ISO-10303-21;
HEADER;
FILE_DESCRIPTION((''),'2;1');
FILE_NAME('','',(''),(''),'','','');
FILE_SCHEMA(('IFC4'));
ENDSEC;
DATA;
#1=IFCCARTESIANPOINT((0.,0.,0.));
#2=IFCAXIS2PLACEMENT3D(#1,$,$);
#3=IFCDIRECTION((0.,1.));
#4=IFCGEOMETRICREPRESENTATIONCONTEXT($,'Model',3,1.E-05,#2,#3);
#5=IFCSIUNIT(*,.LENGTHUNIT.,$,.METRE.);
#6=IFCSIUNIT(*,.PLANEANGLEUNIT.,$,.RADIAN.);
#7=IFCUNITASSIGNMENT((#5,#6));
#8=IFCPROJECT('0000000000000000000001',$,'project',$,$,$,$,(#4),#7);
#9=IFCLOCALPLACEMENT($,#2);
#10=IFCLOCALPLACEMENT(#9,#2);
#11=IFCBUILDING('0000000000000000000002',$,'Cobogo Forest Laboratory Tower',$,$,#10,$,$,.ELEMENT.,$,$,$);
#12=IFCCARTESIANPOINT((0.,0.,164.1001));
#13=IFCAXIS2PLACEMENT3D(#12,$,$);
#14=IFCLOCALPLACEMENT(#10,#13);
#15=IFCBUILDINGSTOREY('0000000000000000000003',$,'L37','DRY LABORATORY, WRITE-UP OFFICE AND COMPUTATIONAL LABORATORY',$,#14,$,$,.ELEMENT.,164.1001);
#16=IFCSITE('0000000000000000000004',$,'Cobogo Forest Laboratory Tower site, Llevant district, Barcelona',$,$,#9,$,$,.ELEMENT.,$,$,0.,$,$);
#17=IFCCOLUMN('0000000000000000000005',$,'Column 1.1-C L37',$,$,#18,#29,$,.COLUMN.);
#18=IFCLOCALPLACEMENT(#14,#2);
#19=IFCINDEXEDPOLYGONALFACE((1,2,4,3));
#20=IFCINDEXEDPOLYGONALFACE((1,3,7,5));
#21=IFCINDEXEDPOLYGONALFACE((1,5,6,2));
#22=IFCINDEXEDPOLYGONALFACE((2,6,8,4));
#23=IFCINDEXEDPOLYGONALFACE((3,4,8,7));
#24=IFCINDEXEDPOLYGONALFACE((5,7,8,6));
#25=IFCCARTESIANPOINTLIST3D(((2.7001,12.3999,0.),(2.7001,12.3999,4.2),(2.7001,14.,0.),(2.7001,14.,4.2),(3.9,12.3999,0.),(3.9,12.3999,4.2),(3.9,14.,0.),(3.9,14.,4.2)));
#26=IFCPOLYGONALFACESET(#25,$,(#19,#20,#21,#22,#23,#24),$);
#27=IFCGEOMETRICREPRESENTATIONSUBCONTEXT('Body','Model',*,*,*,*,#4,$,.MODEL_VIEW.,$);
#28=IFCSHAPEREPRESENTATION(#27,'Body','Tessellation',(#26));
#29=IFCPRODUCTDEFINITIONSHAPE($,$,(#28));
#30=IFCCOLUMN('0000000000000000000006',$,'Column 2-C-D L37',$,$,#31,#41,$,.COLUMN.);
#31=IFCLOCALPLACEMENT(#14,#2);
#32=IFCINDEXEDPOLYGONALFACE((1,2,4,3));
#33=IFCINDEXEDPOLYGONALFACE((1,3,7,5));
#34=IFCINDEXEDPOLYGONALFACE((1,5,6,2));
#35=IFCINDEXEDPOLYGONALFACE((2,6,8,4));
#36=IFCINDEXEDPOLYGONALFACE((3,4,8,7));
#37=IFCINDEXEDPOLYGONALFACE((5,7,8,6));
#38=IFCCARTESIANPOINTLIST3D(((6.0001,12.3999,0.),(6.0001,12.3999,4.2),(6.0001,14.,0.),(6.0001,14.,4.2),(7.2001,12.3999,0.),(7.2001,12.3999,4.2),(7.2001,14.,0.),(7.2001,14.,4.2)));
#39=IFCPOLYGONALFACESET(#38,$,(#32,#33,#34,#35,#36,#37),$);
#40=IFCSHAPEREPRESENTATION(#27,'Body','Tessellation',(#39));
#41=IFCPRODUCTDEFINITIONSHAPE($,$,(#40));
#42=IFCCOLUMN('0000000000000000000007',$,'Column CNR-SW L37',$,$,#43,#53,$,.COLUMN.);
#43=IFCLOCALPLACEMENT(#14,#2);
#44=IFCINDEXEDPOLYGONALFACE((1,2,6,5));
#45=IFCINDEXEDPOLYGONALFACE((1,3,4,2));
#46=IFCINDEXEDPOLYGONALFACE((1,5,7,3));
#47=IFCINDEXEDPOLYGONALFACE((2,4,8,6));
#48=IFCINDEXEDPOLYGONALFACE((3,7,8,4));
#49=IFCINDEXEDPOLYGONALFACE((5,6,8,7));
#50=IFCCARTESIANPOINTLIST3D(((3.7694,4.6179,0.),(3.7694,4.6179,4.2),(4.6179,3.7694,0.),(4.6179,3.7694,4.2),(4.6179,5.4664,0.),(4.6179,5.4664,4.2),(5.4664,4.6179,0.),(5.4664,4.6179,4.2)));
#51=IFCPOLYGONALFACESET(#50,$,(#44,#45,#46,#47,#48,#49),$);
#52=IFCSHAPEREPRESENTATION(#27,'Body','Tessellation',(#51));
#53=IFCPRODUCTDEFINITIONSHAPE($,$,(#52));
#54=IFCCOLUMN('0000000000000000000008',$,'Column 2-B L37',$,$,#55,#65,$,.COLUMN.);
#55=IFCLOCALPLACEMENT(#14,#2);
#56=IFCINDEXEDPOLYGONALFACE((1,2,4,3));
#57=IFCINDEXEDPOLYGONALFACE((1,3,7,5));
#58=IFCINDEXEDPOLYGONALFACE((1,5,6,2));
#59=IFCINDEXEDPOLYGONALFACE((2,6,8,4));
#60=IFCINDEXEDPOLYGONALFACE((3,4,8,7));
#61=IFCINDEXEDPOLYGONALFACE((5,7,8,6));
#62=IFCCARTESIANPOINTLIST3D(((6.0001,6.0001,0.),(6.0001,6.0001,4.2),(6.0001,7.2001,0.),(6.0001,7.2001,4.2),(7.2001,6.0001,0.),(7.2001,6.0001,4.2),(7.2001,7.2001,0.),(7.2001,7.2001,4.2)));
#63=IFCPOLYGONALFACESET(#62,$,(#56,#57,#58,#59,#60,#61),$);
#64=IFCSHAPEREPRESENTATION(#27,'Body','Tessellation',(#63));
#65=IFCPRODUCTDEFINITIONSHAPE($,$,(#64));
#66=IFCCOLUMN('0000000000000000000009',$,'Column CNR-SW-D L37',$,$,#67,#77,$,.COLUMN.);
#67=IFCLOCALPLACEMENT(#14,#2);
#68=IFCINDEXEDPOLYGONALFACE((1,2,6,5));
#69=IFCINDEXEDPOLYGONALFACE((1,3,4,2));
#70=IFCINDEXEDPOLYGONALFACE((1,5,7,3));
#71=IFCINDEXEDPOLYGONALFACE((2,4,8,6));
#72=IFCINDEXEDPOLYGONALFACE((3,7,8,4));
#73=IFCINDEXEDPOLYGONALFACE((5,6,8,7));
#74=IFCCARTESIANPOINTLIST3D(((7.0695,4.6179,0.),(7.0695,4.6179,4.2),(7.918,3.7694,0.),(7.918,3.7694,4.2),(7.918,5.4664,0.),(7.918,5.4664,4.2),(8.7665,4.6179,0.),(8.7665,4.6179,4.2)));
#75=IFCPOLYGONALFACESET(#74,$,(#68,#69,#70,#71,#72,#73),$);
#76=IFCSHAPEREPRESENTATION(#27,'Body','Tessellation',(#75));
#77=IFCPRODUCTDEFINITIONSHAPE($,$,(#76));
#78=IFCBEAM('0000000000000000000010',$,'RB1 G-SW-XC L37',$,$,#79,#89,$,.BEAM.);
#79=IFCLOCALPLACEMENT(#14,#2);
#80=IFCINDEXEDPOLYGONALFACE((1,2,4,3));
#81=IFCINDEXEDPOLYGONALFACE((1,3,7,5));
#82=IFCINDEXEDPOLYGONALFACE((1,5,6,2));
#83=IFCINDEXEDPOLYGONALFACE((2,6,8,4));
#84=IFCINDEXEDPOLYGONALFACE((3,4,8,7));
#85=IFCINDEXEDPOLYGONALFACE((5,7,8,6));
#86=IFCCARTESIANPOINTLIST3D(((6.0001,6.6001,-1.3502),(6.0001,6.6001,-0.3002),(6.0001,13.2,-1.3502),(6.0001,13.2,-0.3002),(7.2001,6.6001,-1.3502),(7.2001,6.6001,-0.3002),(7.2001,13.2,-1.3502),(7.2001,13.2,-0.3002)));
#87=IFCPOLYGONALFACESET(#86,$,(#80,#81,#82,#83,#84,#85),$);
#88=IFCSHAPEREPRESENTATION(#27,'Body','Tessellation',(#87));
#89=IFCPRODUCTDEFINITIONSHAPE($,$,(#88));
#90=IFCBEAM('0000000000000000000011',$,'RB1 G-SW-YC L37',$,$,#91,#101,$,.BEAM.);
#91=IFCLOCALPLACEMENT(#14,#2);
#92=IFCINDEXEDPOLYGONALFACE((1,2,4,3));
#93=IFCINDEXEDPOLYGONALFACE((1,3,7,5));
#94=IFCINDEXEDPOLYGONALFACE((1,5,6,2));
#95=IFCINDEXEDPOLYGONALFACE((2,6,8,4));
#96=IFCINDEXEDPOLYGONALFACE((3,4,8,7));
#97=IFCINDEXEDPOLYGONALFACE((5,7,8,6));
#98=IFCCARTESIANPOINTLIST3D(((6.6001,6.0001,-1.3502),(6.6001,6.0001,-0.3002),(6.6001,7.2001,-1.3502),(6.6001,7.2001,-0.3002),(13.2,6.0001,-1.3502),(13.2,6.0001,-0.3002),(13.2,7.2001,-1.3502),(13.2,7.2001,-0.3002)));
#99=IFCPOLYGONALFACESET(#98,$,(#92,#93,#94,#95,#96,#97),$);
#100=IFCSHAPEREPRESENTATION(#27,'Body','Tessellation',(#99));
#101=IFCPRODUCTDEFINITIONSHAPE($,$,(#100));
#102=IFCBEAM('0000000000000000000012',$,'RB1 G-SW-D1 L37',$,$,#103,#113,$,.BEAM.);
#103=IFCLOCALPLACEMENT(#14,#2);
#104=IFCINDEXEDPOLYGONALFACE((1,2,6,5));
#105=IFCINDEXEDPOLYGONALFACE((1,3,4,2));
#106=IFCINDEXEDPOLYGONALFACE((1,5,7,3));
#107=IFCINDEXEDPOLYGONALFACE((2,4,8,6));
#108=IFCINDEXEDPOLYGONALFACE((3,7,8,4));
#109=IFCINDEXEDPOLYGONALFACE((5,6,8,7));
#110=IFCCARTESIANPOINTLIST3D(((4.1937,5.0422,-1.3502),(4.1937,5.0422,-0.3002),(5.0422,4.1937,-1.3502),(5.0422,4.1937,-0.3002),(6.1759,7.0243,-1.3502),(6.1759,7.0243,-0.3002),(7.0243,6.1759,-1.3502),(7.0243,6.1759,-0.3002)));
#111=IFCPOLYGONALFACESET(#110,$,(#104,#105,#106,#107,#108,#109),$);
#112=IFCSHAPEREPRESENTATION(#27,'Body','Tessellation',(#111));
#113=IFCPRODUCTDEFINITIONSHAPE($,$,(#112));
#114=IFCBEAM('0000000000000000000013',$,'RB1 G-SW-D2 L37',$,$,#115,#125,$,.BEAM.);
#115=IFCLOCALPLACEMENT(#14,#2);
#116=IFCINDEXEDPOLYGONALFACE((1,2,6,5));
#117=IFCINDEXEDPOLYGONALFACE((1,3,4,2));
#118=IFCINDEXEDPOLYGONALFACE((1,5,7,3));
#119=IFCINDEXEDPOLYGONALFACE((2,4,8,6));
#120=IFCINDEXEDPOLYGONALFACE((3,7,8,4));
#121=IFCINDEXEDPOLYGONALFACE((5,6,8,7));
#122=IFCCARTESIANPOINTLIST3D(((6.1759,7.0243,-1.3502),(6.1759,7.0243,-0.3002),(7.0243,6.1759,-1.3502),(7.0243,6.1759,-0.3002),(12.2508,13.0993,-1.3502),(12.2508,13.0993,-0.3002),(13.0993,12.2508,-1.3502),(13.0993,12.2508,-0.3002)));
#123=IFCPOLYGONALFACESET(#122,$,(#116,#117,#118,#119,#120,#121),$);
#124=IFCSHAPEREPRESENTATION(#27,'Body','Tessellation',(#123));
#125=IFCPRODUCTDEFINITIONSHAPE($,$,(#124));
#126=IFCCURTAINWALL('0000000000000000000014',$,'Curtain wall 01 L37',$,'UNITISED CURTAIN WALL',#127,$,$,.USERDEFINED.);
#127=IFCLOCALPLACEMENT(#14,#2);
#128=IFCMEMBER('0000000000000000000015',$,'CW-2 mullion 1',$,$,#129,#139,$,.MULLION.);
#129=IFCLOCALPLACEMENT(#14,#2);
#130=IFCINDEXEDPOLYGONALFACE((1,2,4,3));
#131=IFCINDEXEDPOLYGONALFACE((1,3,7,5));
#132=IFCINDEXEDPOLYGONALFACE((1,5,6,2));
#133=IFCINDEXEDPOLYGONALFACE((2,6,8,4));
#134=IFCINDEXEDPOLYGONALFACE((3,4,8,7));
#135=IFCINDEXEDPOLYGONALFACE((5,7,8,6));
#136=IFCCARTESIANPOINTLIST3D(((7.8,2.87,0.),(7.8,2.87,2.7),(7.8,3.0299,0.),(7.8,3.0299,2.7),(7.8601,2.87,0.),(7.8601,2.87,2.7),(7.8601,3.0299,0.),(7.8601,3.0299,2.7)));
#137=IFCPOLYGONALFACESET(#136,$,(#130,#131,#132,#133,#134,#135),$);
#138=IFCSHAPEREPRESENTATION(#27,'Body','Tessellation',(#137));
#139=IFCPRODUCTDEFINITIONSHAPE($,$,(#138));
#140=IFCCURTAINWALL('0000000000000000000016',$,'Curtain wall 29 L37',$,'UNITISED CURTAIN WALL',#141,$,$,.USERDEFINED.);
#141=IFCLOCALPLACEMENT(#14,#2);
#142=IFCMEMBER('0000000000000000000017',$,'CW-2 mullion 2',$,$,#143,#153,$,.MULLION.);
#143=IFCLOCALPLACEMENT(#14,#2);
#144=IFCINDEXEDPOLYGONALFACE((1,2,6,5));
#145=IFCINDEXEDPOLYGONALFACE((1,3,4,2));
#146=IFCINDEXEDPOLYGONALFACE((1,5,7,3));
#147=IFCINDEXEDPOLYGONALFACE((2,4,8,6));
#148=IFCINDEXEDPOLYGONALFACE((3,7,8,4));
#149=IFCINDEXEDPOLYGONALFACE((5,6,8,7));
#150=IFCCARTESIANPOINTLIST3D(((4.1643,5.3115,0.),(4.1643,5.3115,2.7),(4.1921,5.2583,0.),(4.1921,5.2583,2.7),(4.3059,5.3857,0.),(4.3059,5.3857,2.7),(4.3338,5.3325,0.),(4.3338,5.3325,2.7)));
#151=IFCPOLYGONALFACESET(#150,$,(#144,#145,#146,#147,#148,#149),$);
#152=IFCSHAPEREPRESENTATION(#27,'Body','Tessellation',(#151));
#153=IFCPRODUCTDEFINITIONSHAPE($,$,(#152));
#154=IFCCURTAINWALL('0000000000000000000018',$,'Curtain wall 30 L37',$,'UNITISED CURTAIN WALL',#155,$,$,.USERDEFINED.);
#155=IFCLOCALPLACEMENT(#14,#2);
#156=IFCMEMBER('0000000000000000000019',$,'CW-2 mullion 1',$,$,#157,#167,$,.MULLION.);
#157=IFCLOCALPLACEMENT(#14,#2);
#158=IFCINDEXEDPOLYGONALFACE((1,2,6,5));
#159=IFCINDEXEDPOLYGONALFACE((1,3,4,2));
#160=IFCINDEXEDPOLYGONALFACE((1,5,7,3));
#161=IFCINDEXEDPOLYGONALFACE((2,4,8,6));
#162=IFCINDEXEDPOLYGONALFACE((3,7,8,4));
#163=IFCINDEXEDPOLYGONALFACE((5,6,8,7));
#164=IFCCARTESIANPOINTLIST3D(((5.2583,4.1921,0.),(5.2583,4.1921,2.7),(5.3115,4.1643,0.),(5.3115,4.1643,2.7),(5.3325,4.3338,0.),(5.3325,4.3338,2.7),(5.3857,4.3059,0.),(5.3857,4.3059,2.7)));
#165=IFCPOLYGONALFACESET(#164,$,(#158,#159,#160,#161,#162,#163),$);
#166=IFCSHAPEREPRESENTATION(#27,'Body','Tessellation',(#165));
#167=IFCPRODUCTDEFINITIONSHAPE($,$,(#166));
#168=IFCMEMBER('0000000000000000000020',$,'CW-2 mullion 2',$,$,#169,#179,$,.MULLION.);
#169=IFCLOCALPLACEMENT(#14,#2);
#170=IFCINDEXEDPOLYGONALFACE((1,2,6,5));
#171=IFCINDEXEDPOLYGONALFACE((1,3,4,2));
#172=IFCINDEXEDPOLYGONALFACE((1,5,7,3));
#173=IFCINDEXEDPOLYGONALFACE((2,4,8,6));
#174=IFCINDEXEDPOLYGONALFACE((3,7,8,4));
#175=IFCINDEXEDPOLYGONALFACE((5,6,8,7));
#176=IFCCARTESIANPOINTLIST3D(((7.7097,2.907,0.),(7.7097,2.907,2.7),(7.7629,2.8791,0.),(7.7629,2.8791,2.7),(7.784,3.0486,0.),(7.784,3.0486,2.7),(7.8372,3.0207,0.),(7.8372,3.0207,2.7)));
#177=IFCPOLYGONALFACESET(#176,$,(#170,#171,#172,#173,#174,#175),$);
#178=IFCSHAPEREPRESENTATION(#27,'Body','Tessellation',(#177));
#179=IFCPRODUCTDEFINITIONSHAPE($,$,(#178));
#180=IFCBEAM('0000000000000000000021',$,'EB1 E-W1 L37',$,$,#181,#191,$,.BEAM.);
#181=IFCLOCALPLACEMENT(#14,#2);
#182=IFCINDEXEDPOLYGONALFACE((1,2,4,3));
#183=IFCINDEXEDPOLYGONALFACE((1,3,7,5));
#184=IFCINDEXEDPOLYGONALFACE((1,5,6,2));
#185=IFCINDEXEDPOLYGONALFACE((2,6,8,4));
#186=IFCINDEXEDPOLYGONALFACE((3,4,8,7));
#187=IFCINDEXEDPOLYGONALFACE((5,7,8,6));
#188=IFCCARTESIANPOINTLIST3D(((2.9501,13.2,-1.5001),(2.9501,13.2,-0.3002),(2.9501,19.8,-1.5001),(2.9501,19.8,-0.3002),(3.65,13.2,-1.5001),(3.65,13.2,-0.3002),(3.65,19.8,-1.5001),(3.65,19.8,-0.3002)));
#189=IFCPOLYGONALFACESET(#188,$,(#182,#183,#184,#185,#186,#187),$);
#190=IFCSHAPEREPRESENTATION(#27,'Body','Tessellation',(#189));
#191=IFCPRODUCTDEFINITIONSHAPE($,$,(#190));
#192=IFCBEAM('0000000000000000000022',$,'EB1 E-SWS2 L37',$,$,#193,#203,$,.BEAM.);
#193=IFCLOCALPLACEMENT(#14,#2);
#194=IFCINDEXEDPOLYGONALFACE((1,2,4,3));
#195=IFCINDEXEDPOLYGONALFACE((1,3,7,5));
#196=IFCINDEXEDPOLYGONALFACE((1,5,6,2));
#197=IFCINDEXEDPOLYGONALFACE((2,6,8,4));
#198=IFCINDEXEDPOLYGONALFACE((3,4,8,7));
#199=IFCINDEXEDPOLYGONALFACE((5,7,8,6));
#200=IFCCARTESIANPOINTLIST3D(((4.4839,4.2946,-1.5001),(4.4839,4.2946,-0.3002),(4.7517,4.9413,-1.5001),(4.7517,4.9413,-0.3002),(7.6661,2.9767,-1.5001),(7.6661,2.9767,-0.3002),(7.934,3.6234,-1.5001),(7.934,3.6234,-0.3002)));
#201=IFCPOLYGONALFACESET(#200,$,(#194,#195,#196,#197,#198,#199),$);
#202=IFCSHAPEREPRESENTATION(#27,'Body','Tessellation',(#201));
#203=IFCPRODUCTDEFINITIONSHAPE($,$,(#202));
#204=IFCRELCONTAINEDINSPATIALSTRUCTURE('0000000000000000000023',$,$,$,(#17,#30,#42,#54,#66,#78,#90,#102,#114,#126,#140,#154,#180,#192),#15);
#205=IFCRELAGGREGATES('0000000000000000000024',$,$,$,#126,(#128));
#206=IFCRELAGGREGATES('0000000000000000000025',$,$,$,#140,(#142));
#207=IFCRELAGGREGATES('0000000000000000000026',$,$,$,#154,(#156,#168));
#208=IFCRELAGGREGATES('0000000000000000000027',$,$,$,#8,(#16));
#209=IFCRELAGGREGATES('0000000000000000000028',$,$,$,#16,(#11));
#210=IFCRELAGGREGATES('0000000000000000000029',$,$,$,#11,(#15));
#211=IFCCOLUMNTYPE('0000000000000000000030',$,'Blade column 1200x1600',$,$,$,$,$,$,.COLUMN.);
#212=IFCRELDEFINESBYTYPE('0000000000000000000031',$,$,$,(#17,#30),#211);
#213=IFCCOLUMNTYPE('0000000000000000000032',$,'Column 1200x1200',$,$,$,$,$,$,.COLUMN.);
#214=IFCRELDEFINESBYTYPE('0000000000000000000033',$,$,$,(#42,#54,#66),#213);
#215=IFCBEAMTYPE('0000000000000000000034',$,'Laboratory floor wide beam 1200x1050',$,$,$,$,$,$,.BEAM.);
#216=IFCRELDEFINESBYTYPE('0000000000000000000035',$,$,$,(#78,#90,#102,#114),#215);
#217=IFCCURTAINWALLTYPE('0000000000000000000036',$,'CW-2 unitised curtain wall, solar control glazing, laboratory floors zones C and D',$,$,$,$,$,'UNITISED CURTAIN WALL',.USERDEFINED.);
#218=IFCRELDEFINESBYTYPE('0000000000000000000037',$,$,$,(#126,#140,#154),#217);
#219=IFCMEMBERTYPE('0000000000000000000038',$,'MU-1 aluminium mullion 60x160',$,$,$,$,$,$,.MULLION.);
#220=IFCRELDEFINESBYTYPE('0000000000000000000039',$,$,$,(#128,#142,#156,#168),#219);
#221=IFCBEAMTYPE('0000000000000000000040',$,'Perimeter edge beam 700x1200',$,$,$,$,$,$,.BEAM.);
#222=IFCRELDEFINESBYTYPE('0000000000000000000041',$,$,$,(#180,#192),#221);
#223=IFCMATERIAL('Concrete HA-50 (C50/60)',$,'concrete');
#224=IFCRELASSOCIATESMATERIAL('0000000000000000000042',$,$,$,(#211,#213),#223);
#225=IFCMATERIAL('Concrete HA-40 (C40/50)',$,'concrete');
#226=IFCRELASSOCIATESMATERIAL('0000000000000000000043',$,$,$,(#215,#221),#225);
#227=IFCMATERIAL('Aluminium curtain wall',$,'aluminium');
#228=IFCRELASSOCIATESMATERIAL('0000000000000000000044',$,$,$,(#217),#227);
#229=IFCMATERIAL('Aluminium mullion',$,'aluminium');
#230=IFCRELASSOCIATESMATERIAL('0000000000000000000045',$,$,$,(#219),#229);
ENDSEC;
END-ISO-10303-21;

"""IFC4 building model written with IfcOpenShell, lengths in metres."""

from ifc_helpers import new_model, si_unit, direction, frame, origin, origin_2d, place, context, subcontext, project, spatial, rectangle, extrude, material, material_profile, profile_set, type_object, element, aggregate, save


model = new_model("IFC4")

# Units and contexts
model_context = context("Model", 3, precision=1e-05, world=origin(), true_north=direction((0.0, 1.0)))
body_context = subcontext(model_context, "Body", "Model", "MODEL_VIEW")
ifc_project = project(units=[si_unit("LENGTHUNIT", "METRE"), si_unit("PLANEANGLEUNIT", "RADIAN")], contexts=[model_context])

# Site, building, storey
site_placement = place(None, origin())
site = spatial("IfcSite", under=ifc_project, at=site_placement, Name="Cobogo Forest Laboratory Tower site, Llevant district, Barcelona", CompositionType="ELEMENT", RefElevation=0.0)
building_placement = place(site_placement, origin())
building = spatial("IfcBuilding", under=site, at=building_placement, Name="Cobogo Forest Laboratory Tower", CompositionType="ELEMENT")
storey_placement = place(building_placement, frame((0.0, 0.0, 164.1001)))
storey = spatial("IfcBuildingStorey", under=building, at=storey_placement, Name="L37", Description="DRY LABORATORY, WRITE-UP OFFICE AND COMPUTATIONAL LABORATORY", CompositionType="ELEMENT", Elevation=164.1001)

# Columns
ifc_material_1 = material(Name="Concrete HA-50 (C50/60)", Category="concrete")
ifc_material_profile_1 = material_profile(ifc_material_1, rectangle(XDim=1.6001, YDim=1.2, at=origin_2d()), Name="RC 1200x1600")
ifc_profile_set_1 = profile_set([ifc_material_profile_1], Name="Concrete HA-50 (C50/60)")
column_type_1 = type_object("IfcColumnType", Name="Blade column 1200x1600", PredefinedType="COLUMN", material=ifc_profile_set_1)
for number, where, z_axis, x_axis, name in (
    (1, (3.3, 13.2, 0.0), (0.0, 0.0, 1.0), (0.0, 1.0, 0.0), "Column 1.1-C L37"),
    (2, (6.6001, 13.2, 0.0), (0.0, 0.0, 1.0), (0.0, 1.0, 0.0), "Column 2-C-D L37"),
):
    element("IfcColumn", number, at=place(storey_placement, frame(where, z_axis=z_axis, x_axis=x_axis)), inside=storey, type_object=column_type_1, Name=name, PredefinedType="COLUMN", context=body_context, shape_type="SweptSolid", body=[
        extrude(rectangle(XDim=1.6001, YDim=1.2, at=origin_2d()), origin(), (0.0, 0.0, 1.0), 4.2),
    ])
ifc_material_profile_2 = material_profile(ifc_material_1, rectangle(XDim=1.2, YDim=1.2, at=origin_2d()), Name="RC 1200x1200")
ifc_profile_set_2 = profile_set([ifc_material_profile_2], Name="Concrete HA-50 (C50/60)")
column_type_2 = type_object("IfcColumnType", Name="Column 1200x1200", PredefinedType="COLUMN", material=ifc_profile_set_2)
for number, where, z_axis, x_axis, name in (
    (3, (4.6179, 4.6179, 0.0), (0.0, 0.0, 1.0), (0.707107, 0.707107, 0.0), "Column CNR-SW L37"),
    (4, (6.6001, 6.6001, 0.0), (0.0, 0.0, 1.0), (1.0, 0.0, 0.0), "Column 2-B L37"),
    (5, (7.918, 4.6179, 0.0), (0.0, 0.0, 1.0), (0.707107, 0.707107, 0.0), "Column CNR-SW-D L37"),
):
    element("IfcColumn", number, at=place(storey_placement, frame(where, z_axis=z_axis, x_axis=x_axis)), inside=storey, type_object=column_type_2, Name=name, PredefinedType="COLUMN", context=body_context, shape_type="SweptSolid", body=[
        extrude(rectangle(XDim=1.2, YDim=1.2, at=origin_2d()), origin(), (0.0, 0.0, 1.0), 4.2),
    ])

# Beams
ifc_material_2 = material(Name="Concrete HA-40 (C40/50)", Category="concrete")
ifc_material_profile_3 = material_profile(ifc_material_2, rectangle(XDim=1.2, YDim=1.05, at=origin_2d()), Name="RC 1200x1050")
ifc_profile_set_3 = profile_set([ifc_material_profile_3], Name="Concrete HA-40 (C40/50)")
beam_type_1 = type_object("IfcBeamType", Name="Laboratory floor wide beam 1200x1050", PredefinedType="BEAM", material=ifc_profile_set_3)
for number, where, z_axis, x_axis, name in (
    (6, (6.6001, 6.6001, -0.8252), (0.0, 1.0, 0.0), (-1.0, 0.0, 0.0), "RB1 G-SW-XC L37"),
    (7, (6.6001, 6.6001, -0.8252), (1.0, 0.0, 0.0), (0.0, 1.0, 0.0), "RB1 G-SW-YC L37"),
):
    element("IfcBeam", number, at=place(storey_placement, frame(where, z_axis=z_axis, x_axis=x_axis)), inside=storey, type_object=beam_type_1, Name=name, PredefinedType="BEAM", context=body_context, shape_type="SweptSolid", body=[
        extrude(rectangle(XDim=1.2, YDim=1.05, at=origin_2d()), origin(), (0.0, 0.0, 1.0), 6.5999),
    ])
beam_1_placement = place(storey_placement, frame((4.6179, 4.6179, -0.8252), z_axis=(0.707107, 0.707107, 0.0), x_axis=(-0.707107, 0.707107, 0.0)))
element("IfcBeam", 8, at=beam_1_placement, inside=storey, type_object=beam_type_1, Name="RB1 G-SW-D1 L37", PredefinedType="BEAM", context=body_context, shape_type="SweptSolid", body=[
    extrude(rectangle(XDim=1.2, YDim=1.05, at=origin_2d()), origin(), (0.0, 0.0, 1.0), 2.8032),
])
beam_2_placement = place(storey_placement, frame((6.6001, 6.6001, -0.8252), z_axis=(0.707107, 0.707107, 0.0), x_axis=(-0.707107, 0.707107, 0.0)))
element("IfcBeam", 9, at=beam_2_placement, inside=storey, type_object=beam_type_1, Name="RB1 G-SW-D2 L37", PredefinedType="BEAM", context=body_context, shape_type="SweptSolid", body=[
    extrude(rectangle(XDim=1.2, YDim=1.05, at=origin_2d()), origin(), (0.0, 0.0, 1.0), 8.5913),
])

# Curtain walls, members
ifc_material_3 = material(Name="Aluminium curtain wall", Category="aluminium")
curtain_wall_type = type_object("IfcCurtainWallType", Name="CW-2 unitised curtain wall, solar control glazing, laboratory floors zones C and D", ElementType="UNITISED CURTAIN WALL", PredefinedType="USERDEFINED", material=ifc_material_3)
curtain_wall_1_placement = place(storey_placement, origin())
curtain_wall_1 = element("IfcCurtainWall", 10, at=curtain_wall_1_placement, inside=storey, type_object=curtain_wall_type, Name="Curtain wall 01 L37", ObjectType="UNITISED CURTAIN WALL", PredefinedType="USERDEFINED")
ifc_material_4 = material(Name="Aluminium mullion", Category="aluminium")
ifc_material_profile_4 = material_profile(ifc_material_4, rectangle(XDim=0.0601, YDim=0.1599, at=origin_2d()), Name="AL 60x160")
ifc_profile_set_4 = profile_set([ifc_material_profile_4], Name="Aluminium mullion")
member_type_1 = type_object("IfcMemberType", Name="MU-1 aluminium mullion 60x160", PredefinedType="MULLION", material=ifc_profile_set_4)
member_1_placement = place(storey_placement, frame((7.8301, 2.95, 0.0), z_axis=(0.0, 0.0, 1.0), x_axis=(1.0, 0.0, 0.0)))
member_1 = element("IfcMember", 11, at=member_1_placement, type_object=member_type_1, Name="CW-2 mullion 1", PredefinedType="MULLION", context=body_context, shape_type="SweptSolid", body=[
    extrude(rectangle(XDim=0.0601, YDim=0.1599, at=origin_2d()), origin(), (0.0, 0.0, 1.0), 2.7),
])
curtain_wall_2_placement = place(storey_placement, origin())
curtain_wall_2 = element("IfcCurtainWall", 12, at=curtain_wall_2_placement, inside=storey, type_object=curtain_wall_type, Name="Curtain wall 29 L37", ObjectType="UNITISED CURTAIN WALL", PredefinedType="USERDEFINED")
member_2_placement = place(storey_placement, frame((4.249, 5.322, 0.0), z_axis=(0.0, 0.0, 1.0), x_axis=(0.464284, -0.885686, 0.0)))
member_2 = element("IfcMember", 13, at=member_2_placement, type_object=member_type_1, Name="CW-2 mullion 2", PredefinedType="MULLION", context=body_context, shape_type="SweptSolid", body=[
    extrude(rectangle(XDim=0.0601, YDim=0.1599, at=origin_2d()), origin(), (0.0, 0.0, 1.0), 2.7),
])

# Curtain wall, members
curtain_wall_3_placement = place(storey_placement, origin())
curtain_wall_3 = element("IfcCurtainWall", 14, at=curtain_wall_3_placement, inside=storey, type_object=curtain_wall_type, Name="Curtain wall 30 L37", ObjectType="UNITISED CURTAIN WALL", PredefinedType="USERDEFINED")
member_3_placement = place(storey_placement, frame((5.322, 4.249, 0.0), z_axis=(0.0, 0.0, 1.0), x_axis=(0.885686, -0.464284, 0.0)))
member_3 = element("IfcMember", 15, at=member_3_placement, type_object=member_type_1, Name="CW-2 mullion 1", PredefinedType="MULLION", context=body_context, shape_type="SweptSolid", body=[
    extrude(rectangle(XDim=0.0601, YDim=0.1599, at=origin_2d()), origin(), (0.0, 0.0, 1.0), 2.7),
])
member_4_placement = place(storey_placement, frame((7.7734, 2.9639, 0.0), z_axis=(0.0, 0.0, 1.0), x_axis=(0.885686, -0.464284, 0.0)))
member_4 = element("IfcMember", 16, at=member_4_placement, type_object=member_type_1, Name="CW-2 mullion 2", PredefinedType="MULLION", context=body_context, shape_type="SweptSolid", body=[
    extrude(rectangle(XDim=0.0601, YDim=0.1599, at=origin_2d()), origin(), (0.0, 0.0, 1.0), 2.7),
])

# Beams
ifc_material_profile_5 = material_profile(ifc_material_2, rectangle(XDim=0.7, YDim=1.2, at=origin_2d()), Name="RC 700x1200")
ifc_profile_set_5 = profile_set([ifc_material_profile_5], Name="Concrete HA-40 (C40/50)")
beam_type_2 = type_object("IfcBeamType", Name="Perimeter edge beam 700x1200", PredefinedType="BEAM", material=ifc_profile_set_5)
beam_3_placement = place(storey_placement, frame((3.3, 13.2, -0.9001), z_axis=(0.0, 1.0, 0.0), x_axis=(-1.0, 0.0, 0.0)))
element("IfcBeam", 17, at=beam_3_placement, inside=storey, type_object=beam_type_2, Name="EB1 E-W1 L37", PredefinedType="BEAM", context=body_context, shape_type="SweptSolid", body=[
    extrude(rectangle(XDim=0.7, YDim=1.2, at=origin_2d()), origin(), (0.0, 0.0, 1.0), 6.6001),
])
beam_4_placement = place(storey_placement, frame((7.8, 3.3, -0.9001), z_axis=(-0.923901, 0.382631, 0.0), x_axis=(-0.382631, -0.923901, 0.0)))
element("IfcBeam", 18, at=beam_4_placement, inside=storey, type_object=beam_type_2, Name="EB1 E-SWS2 L37", PredefinedType="BEAM", context=body_context, shape_type="SweptSolid", body=[
    extrude(rectangle(XDim=0.7, YDim=1.2, at=origin_2d()), origin(), (0.0, 0.0, 1.0), 3.4443),
])

aggregate(curtain_wall_1, [member_1])
aggregate(curtain_wall_2, [member_2])
aggregate(curtain_wall_3, [member_3, member_4])

save(model, "model.ifc")
